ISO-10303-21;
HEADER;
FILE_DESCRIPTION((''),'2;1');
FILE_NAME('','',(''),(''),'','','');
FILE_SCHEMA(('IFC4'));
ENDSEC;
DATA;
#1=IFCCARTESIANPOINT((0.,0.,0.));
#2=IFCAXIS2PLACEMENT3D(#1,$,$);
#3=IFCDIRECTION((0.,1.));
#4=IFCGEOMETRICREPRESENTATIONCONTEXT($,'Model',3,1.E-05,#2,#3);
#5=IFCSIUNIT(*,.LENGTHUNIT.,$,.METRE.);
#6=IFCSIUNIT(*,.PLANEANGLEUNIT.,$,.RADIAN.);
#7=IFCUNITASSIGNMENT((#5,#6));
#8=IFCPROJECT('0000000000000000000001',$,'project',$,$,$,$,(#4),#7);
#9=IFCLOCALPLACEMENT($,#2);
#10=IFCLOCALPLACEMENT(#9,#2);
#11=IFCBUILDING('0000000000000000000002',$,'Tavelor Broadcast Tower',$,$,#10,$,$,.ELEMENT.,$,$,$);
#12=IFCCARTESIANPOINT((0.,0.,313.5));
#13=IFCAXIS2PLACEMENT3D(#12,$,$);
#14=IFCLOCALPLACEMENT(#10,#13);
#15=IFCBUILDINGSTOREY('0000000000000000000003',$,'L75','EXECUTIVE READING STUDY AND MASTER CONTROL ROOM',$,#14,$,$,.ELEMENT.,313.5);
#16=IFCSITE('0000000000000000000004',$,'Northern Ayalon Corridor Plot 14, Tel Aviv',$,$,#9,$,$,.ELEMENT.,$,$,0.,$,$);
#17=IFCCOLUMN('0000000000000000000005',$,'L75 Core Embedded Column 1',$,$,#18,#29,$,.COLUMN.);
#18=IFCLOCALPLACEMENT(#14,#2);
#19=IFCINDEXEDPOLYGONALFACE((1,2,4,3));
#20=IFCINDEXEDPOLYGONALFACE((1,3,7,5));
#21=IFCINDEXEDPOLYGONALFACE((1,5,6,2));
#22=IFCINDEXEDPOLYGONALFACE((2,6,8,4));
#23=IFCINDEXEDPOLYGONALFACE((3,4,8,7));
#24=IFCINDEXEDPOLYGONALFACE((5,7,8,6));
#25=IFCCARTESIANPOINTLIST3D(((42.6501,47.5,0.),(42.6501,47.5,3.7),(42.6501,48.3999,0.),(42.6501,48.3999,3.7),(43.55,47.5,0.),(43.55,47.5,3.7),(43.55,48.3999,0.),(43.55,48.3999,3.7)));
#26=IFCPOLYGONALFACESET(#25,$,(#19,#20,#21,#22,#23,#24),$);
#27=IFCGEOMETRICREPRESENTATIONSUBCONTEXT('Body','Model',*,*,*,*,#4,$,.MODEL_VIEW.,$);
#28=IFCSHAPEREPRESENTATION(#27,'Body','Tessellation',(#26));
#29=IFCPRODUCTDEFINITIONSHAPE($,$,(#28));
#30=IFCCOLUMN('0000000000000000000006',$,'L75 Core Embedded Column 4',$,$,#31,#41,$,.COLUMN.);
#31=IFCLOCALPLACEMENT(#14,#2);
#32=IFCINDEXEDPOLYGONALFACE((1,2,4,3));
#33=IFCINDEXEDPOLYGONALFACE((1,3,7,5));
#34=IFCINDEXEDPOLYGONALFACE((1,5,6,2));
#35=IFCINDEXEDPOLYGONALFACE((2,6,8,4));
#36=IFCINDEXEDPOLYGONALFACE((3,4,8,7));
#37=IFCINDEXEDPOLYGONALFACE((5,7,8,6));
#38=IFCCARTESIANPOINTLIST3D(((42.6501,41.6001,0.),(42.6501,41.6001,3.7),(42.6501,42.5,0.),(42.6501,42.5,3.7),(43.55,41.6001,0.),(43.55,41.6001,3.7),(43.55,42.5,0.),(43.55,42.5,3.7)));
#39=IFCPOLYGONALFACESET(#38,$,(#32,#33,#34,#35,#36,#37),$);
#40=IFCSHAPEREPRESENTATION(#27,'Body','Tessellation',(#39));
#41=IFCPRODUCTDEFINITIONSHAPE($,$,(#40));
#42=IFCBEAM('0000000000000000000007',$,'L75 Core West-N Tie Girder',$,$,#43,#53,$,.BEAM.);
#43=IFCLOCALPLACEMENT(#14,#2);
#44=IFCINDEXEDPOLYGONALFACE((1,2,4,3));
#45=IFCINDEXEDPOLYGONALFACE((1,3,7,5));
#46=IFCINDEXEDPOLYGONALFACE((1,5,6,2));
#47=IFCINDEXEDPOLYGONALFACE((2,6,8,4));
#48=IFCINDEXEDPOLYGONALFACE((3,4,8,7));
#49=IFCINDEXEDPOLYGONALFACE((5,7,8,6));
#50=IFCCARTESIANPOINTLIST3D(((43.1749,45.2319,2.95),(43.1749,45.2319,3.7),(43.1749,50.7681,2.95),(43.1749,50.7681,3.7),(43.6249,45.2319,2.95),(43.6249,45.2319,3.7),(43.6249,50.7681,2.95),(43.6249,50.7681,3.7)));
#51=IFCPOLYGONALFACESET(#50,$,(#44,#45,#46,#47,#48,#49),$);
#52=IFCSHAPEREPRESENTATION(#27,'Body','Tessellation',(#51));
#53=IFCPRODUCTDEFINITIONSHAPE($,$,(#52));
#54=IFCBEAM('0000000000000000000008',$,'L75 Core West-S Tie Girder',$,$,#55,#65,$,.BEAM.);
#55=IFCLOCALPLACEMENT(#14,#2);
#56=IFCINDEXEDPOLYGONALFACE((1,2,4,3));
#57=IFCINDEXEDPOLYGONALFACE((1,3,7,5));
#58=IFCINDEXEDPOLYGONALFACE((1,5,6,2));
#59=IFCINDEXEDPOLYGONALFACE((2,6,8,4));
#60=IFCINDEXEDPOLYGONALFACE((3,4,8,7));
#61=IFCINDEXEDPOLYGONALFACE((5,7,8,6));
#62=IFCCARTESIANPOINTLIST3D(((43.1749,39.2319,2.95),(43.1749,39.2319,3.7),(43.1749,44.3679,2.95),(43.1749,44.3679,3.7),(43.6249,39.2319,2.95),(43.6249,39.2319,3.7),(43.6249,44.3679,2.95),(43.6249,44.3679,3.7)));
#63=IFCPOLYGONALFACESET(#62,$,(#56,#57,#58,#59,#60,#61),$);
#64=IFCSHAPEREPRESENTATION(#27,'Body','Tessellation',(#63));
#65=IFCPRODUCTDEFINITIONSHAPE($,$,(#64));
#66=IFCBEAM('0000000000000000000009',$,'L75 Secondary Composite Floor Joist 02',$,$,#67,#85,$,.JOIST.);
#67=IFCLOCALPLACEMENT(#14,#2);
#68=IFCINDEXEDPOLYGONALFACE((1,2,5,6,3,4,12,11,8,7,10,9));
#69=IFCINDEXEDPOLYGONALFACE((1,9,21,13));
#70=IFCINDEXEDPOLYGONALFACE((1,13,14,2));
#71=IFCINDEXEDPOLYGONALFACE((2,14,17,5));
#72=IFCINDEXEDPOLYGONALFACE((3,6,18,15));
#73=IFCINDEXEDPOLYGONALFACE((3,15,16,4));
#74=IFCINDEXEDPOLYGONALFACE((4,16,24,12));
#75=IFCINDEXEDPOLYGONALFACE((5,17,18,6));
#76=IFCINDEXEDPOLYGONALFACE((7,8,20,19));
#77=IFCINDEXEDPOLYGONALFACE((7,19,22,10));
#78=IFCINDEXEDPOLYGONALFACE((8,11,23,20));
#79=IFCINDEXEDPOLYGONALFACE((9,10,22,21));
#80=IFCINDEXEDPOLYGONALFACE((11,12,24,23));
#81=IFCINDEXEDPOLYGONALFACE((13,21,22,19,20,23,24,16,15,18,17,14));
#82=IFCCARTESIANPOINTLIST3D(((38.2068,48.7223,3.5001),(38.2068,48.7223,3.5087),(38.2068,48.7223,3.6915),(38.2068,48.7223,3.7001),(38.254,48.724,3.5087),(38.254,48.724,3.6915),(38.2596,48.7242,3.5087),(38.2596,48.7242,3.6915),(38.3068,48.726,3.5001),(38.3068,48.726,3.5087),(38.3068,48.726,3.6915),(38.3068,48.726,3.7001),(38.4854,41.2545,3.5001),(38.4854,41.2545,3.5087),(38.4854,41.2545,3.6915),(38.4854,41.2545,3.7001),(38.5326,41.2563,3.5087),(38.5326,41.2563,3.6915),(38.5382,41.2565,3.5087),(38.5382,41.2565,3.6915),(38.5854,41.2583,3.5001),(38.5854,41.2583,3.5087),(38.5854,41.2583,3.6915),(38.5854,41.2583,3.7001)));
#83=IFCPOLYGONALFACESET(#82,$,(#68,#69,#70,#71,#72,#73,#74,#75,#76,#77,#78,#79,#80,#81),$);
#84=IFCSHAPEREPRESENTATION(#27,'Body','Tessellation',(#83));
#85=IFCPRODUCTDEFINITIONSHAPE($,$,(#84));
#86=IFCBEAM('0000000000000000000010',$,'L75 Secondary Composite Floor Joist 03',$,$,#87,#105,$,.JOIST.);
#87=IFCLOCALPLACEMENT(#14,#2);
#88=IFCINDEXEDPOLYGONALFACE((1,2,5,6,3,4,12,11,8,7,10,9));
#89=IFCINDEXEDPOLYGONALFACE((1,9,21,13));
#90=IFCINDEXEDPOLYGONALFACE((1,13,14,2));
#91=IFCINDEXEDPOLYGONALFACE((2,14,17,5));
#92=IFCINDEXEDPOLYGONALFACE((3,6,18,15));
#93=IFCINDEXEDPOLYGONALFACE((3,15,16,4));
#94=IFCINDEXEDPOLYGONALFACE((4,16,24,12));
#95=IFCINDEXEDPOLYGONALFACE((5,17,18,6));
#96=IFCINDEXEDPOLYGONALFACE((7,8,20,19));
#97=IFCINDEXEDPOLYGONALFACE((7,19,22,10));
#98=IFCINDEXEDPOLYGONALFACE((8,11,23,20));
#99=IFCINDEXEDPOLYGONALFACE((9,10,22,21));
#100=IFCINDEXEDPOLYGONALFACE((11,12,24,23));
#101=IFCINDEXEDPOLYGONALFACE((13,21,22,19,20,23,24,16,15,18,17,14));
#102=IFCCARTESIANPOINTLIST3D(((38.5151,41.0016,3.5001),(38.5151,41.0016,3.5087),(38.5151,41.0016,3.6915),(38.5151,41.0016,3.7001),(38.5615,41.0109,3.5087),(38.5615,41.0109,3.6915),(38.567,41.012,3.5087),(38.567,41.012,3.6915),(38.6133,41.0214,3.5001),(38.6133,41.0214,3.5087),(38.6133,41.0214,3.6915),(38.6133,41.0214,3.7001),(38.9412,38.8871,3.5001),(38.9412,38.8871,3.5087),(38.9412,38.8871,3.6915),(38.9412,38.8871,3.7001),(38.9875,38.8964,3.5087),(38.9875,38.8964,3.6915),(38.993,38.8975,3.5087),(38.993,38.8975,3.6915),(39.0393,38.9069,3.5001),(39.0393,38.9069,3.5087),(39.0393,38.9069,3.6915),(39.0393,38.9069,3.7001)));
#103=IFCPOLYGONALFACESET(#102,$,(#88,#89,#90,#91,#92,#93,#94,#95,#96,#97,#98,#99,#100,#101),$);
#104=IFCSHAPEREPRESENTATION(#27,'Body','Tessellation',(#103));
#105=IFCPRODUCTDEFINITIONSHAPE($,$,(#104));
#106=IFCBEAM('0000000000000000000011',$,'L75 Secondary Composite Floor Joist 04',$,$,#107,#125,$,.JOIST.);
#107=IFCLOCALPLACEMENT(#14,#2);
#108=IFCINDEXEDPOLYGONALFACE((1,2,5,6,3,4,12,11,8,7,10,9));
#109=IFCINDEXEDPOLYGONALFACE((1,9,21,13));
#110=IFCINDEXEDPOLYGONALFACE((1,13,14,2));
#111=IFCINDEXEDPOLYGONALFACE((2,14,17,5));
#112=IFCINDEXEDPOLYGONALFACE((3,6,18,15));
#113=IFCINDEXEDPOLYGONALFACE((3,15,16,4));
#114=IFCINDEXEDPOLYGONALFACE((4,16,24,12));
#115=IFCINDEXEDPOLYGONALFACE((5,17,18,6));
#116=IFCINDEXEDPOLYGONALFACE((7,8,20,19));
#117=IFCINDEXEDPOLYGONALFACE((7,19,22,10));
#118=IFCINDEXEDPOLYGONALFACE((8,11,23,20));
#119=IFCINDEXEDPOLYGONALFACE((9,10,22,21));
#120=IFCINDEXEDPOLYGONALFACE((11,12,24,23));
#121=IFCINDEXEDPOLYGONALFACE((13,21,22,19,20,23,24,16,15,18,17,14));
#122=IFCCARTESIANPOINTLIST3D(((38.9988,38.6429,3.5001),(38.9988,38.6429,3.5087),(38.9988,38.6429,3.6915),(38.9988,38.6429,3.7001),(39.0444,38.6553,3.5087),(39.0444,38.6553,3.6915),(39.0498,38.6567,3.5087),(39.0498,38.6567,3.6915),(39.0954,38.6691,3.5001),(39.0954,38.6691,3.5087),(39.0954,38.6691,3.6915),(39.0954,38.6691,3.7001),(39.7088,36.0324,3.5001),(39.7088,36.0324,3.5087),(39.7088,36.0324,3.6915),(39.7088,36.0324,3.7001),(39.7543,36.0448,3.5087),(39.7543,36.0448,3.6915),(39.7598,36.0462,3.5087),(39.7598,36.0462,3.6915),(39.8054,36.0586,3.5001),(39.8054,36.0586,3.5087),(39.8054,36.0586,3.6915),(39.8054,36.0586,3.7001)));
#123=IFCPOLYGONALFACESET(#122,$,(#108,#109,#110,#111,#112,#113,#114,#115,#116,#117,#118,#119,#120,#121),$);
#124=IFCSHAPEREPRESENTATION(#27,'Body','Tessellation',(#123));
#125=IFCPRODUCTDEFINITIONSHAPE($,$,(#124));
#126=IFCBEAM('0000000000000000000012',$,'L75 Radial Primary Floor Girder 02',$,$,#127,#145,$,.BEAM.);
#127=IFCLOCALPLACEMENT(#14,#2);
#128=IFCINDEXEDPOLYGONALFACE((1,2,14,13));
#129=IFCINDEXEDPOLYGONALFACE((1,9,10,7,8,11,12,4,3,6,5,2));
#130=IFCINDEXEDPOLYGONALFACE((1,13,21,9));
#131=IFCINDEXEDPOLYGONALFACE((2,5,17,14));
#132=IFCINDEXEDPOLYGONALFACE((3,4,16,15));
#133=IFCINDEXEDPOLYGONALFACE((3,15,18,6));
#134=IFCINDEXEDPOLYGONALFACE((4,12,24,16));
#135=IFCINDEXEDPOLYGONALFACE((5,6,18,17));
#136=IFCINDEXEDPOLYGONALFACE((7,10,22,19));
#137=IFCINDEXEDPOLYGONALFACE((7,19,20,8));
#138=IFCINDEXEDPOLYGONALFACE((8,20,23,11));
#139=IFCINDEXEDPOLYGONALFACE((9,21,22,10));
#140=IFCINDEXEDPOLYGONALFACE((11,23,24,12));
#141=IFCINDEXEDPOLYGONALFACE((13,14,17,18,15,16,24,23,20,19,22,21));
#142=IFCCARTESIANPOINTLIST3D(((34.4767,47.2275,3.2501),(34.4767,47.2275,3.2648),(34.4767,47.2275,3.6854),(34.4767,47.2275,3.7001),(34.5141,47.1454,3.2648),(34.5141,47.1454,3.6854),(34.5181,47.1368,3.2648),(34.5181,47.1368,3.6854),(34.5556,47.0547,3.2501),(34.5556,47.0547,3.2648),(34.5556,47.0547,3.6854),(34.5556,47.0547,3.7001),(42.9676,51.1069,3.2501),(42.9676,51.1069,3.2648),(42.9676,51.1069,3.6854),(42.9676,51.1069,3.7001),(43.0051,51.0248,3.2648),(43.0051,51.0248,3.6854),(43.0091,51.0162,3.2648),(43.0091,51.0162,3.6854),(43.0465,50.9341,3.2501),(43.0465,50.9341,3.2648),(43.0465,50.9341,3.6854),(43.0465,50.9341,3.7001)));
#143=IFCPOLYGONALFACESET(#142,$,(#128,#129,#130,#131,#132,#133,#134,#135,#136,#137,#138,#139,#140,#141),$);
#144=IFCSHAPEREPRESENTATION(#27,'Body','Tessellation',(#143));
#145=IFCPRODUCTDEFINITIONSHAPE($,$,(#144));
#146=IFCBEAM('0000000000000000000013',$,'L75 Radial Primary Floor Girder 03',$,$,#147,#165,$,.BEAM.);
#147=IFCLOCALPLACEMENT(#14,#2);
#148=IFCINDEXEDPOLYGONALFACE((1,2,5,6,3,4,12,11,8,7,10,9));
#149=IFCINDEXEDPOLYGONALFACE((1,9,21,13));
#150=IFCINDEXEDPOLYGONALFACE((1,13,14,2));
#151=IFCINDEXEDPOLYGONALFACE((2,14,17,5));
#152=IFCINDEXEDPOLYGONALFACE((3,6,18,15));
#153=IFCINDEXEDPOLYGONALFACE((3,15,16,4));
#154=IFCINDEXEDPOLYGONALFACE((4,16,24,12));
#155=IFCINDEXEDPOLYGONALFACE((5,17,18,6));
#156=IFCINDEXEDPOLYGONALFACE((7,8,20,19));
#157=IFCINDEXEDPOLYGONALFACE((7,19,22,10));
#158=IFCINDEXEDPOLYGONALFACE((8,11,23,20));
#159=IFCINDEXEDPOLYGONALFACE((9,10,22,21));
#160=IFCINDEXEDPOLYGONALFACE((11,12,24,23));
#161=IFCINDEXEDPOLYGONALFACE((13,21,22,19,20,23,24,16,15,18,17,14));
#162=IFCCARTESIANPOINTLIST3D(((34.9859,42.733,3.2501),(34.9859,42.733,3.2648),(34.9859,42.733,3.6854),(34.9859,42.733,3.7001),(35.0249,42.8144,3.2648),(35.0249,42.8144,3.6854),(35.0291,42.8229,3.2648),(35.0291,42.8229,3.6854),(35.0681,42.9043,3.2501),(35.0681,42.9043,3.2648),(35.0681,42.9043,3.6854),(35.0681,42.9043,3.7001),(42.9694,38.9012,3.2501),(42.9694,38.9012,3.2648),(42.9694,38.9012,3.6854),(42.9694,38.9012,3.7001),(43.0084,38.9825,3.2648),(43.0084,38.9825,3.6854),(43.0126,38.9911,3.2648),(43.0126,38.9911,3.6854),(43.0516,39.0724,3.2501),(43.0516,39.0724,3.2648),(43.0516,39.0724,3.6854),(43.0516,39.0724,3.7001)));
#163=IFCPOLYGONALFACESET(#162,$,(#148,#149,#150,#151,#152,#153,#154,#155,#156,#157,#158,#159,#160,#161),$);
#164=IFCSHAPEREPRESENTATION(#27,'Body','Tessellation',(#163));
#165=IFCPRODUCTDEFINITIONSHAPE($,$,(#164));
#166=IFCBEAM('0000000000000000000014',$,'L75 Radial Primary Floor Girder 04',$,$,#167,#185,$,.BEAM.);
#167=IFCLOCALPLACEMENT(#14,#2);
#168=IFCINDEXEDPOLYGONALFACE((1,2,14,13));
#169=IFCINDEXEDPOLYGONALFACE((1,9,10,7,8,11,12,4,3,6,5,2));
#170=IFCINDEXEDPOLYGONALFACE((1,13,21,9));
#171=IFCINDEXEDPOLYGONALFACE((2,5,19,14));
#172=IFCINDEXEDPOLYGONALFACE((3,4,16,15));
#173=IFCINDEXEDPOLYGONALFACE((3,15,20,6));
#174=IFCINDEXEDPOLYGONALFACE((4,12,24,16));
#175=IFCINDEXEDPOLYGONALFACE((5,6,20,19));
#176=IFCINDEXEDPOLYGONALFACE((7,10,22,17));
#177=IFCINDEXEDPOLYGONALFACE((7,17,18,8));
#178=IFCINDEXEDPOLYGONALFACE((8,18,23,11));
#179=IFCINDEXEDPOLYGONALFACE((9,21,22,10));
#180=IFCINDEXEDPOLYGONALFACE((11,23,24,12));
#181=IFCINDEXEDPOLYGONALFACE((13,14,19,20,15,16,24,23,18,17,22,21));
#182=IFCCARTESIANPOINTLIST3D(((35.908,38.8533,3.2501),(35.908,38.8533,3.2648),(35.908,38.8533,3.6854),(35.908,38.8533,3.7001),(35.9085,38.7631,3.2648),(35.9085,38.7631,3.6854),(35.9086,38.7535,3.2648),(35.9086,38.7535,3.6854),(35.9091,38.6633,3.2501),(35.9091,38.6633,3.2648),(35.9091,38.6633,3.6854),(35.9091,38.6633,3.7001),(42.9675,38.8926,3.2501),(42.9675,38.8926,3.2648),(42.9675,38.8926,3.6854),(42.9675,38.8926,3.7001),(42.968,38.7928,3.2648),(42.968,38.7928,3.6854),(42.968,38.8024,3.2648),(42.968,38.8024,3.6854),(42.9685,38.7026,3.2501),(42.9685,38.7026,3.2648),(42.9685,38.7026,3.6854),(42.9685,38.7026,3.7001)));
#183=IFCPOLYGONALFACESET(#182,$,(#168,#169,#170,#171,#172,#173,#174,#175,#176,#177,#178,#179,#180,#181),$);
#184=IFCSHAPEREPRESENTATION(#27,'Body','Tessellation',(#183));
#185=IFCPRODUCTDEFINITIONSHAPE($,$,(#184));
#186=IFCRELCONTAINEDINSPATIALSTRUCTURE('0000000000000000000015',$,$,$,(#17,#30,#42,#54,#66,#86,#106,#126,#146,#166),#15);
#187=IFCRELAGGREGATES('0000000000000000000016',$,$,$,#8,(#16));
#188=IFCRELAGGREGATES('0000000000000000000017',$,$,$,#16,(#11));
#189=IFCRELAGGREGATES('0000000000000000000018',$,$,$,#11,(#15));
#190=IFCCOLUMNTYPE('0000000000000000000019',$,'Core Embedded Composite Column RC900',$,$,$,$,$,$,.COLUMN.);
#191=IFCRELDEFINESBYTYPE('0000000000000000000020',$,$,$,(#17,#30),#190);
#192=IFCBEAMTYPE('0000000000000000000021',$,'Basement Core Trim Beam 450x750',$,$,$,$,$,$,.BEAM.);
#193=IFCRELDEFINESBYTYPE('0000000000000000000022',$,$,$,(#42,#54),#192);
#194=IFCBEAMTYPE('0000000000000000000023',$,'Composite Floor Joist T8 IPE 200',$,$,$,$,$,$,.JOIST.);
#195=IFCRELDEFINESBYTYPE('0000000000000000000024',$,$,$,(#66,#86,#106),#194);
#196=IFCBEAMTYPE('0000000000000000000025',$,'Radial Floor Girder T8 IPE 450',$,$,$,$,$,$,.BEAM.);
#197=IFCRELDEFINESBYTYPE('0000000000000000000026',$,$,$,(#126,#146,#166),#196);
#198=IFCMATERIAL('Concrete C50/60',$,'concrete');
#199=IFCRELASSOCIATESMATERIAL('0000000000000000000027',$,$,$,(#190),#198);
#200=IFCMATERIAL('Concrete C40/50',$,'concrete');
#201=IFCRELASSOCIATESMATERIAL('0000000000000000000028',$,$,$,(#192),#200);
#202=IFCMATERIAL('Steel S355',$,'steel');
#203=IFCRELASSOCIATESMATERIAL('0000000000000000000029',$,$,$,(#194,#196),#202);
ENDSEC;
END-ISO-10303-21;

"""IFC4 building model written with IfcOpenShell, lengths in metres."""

from ifc_helpers import new_model, si_unit, direction, frame, origin, origin_2d, place, context, subcontext, project, spatial, rectangle, i_section, extrude, material, material_profile, profile_set, type_object, element, save


model = new_model("IFC4")

# Units and contexts
model_context = context("Model", 3, precision=1e-05, world=origin(), true_north=direction((0.0, 1.0)))
body_context = subcontext(model_context, "Body", "Model", "MODEL_VIEW")
ifc_project = project(units=[si_unit("LENGTHUNIT", "METRE"), si_unit("PLANEANGLEUNIT", "RADIAN")], contexts=[model_context])

# Site, building, storey
site_placement = place(None, origin())
site = spatial("IfcSite", under=ifc_project, at=site_placement, Name="Northern Ayalon Corridor Plot 14, Tel Aviv", CompositionType="ELEMENT", RefElevation=0.0)
building_placement = place(site_placement, origin())
building = spatial("IfcBuilding", under=site, at=building_placement, Name="Tavelor Broadcast Tower", CompositionType="ELEMENT")
storey_placement = place(building_placement, frame((0.0, 0.0, 313.5)))
storey = spatial("IfcBuildingStorey", under=building, at=storey_placement, Name="L75", Description="EXECUTIVE READING STUDY AND MASTER CONTROL ROOM", CompositionType="ELEMENT", Elevation=313.5)

# Columns
ifc_material_1 = material(Name="Concrete C50/60", Category="concrete")
ifc_material_profile_1 = material_profile(ifc_material_1, rectangle(XDim=0.8999, YDim=0.8999, at=origin_2d()), Name="RC 900x900")
ifc_profile_set_1 = profile_set([ifc_material_profile_1], Name="Concrete C50/60")
column_type = type_object("IfcColumnType", Name="Core Embedded Composite Column RC900", PredefinedType="COLUMN", material=ifc_profile_set_1)
for number, where, z_axis, x_axis, name in (
    (1, (43.1001, 47.95, 0.0), (0.0, 0.0, 1.0), (1.0, 0.0, 0.0), "L75 Core Embedded Column 1"),
    (2, (43.1001, 42.05, 0.0), (0.0, 0.0, 1.0), (1.0, 0.0, 0.0), "L75 Core Embedded Column 4"),
):
    element("IfcColumn", number, at=place(storey_placement, frame(where, z_axis=z_axis, x_axis=x_axis)), inside=storey, type_object=column_type, Name=name, PredefinedType="COLUMN", context=body_context, shape_type="SweptSolid", body=[
        extrude(rectangle(XDim=0.8999, YDim=0.8999, at=origin_2d()), origin(), (0.0, 0.0, 1.0), 3.7),
    ])

# Beams
ifc_material_2 = material(Name="Concrete C40/50", Category="concrete")
ifc_material_profile_2 = material_profile(ifc_material_2, rectangle(XDim=0.45, YDim=0.75, at=origin_2d()), Name="RC 450x750")
ifc_profile_set_2 = profile_set([ifc_material_profile_2], Name="Concrete C40/50")
beam_type_1 = type_object("IfcBeamType", Name="Basement Core Trim Beam 450x750", PredefinedType="BEAM", material=ifc_profile_set_2)
beam_1_placement = place(storey_placement, frame((43.3999, 45.2319, 3.325), z_axis=(0.0, 1.0, 0.0), x_axis=(-1.0, 0.0, 0.0)))
element("IfcBeam", 3, at=beam_1_placement, inside=storey, type_object=beam_type_1, Name="L75 Core West-N Tie Girder", PredefinedType="BEAM", context=body_context, shape_type="SweptSolid", body=[
    extrude(rectangle(XDim=0.45, YDim=0.75, at=origin_2d()), origin(), (0.0, 0.0, 1.0), 5.5361),
])
beam_2_placement = place(storey_placement, frame((43.3999, 39.2319, 3.325), z_axis=(0.0, 1.0, 0.0), x_axis=(-1.0, 0.0, 0.0)))
element("IfcBeam", 4, at=beam_2_placement, inside=storey, type_object=beam_type_1, Name="L75 Core West-S Tie Girder", PredefinedType="BEAM", context=body_context, shape_type="SweptSolid", body=[
    extrude(rectangle(XDim=0.45, YDim=0.75, at=origin_2d()), origin(), (0.0, 0.0, 1.0), 5.136),
])
ifc_material_3 = material(Name="Steel S355", Category="steel")
ifc_material_profile_3 = material_profile(ifc_material_3, i_section(OverallWidth=0.1001, OverallDepth=0.2, WebThickness=0.0056, FlangeThickness=0.0085, at=origin_2d()), Name="IPE 200")
ifc_profile_set_3 = profile_set([ifc_material_profile_3], Name="Steel S355")
beam_type_2 = type_object("IfcBeamType", Name="Composite Floor Joist T8 IPE 200", PredefinedType="JOIST", material=ifc_profile_set_3)
beam_3_placement = place(storey_placement, frame((38.2568, 48.7241, 3.6001), z_axis=(0.037276, -0.999305, 0.0), x_axis=(0.999305, 0.037276, 0.0)))
element("IfcBeam", 5, at=beam_3_placement, inside=storey, type_object=beam_type_2, Name="L75 Secondary Composite Floor Joist 02", PredefinedType="JOIST", context=body_context, shape_type="SweptSolid", body=[
    extrude(i_section(OverallWidth=0.1001, OverallDepth=0.2, WebThickness=0.0056, FlangeThickness=0.0085, at=origin_2d()), origin(), (0.0, 0.0, 1.0), 7.4729),
])
beam_4_placement = place(storey_placement, frame((38.5642, 41.0115, 3.6001), z_axis=(0.197509, -0.980301, 0.0), x_axis=(0.980301, 0.197509, 0.0)))
element("IfcBeam", 6, at=beam_4_placement, inside=storey, type_object=beam_type_2, Name="L75 Secondary Composite Floor Joist 03", PredefinedType="JOIST", context=body_context, shape_type="SweptSolid", body=[
    extrude(i_section(OverallWidth=0.1001, OverallDepth=0.2, WebThickness=0.0056, FlangeThickness=0.0085, at=origin_2d()), origin(), (0.0, 0.0, 1.0), 2.157),
])
beam_5_placement = place(storey_placement, frame((39.0471, 38.656, 3.6001), z_axis=(0.262422, -0.964953, 0.0), x_axis=(0.964953, 0.262422, 0.0)))
element("IfcBeam", 7, at=beam_5_placement, inside=storey, type_object=beam_type_2, Name="L75 Secondary Composite Floor Joist 04", PredefinedType="JOIST", context=body_context, shape_type="SweptSolid", body=[
    extrude(i_section(OverallWidth=0.1001, OverallDepth=0.2, WebThickness=0.0056, FlangeThickness=0.0085, at=origin_2d()), origin(), (0.0, 0.0, 1.0), 2.7053),
])
ifc_material_profile_4 = material_profile(ifc_material_3, i_section(OverallWidth=0.1899, OverallDepth=0.45, WebThickness=0.0095, FlangeThickness=0.0146, at=origin_2d()), Name="IPE 450")
ifc_profile_set_4 = profile_set([ifc_material_profile_4], Name="Steel S355")
beam_type_3 = type_object("IfcBeamType", Name="Radial Floor Girder T8 IPE 450", PredefinedType="BEAM", material=ifc_profile_set_4)
beam_6_placement = place(storey_placement, frame((43.0071, 51.0205, 3.4751), z_axis=(-0.909563, -0.415566, 0.0), x_axis=(0.415566, -0.909563, 0.0)))
element("IfcBeam", 8, at=beam_6_placement, inside=storey, type_object=beam_type_3, Name="L75 Radial Primary Floor Girder 02", PredefinedType="BEAM", context=body_context, shape_type="SweptSolid", body=[
    extrude(i_section(OverallWidth=0.1899, OverallDepth=0.45, WebThickness=0.0095, FlangeThickness=0.0146, at=origin_2d()), origin(), (0.0, 0.0, 1.0), 9.3352),
])
beam_7_placement = place(storey_placement, frame((43.0105, 38.9868, 3.4751), z_axis=(-0.901534, 0.432709, 0.0), x_axis=(-0.432709, -0.901534, 0.0)))
element("IfcBeam", 9, at=beam_7_placement, inside=storey, type_object=beam_type_3, Name="L75 Radial Primary Floor Girder 03", PredefinedType="BEAM", context=body_context, shape_type="SweptSolid", body=[
    extrude(i_section(OverallWidth=0.1899, OverallDepth=0.45, WebThickness=0.0095, FlangeThickness=0.0146, at=origin_2d()), origin(), (0.0, 0.0, 1.0), 8.8555),
])
beam_8_placement = place(storey_placement, frame((42.968, 38.7976, 3.4751), z_axis=(-0.999984, -0.005568, 0.0), x_axis=(0.005568, -0.999984, 0.0)))
element("IfcBeam", 10, at=beam_8_placement, inside=storey, type_object=beam_type_3, Name="L75 Radial Primary Floor Girder 04", PredefinedType="BEAM", context=body_context, shape_type="SweptSolid", body=[
    extrude(i_section(OverallWidth=0.1899, OverallDepth=0.45, WebThickness=0.0095, FlangeThickness=0.0146, at=origin_2d()), origin(), (0.0, 0.0, 1.0), 7.0596),
])

save(model, "model.ifc")
